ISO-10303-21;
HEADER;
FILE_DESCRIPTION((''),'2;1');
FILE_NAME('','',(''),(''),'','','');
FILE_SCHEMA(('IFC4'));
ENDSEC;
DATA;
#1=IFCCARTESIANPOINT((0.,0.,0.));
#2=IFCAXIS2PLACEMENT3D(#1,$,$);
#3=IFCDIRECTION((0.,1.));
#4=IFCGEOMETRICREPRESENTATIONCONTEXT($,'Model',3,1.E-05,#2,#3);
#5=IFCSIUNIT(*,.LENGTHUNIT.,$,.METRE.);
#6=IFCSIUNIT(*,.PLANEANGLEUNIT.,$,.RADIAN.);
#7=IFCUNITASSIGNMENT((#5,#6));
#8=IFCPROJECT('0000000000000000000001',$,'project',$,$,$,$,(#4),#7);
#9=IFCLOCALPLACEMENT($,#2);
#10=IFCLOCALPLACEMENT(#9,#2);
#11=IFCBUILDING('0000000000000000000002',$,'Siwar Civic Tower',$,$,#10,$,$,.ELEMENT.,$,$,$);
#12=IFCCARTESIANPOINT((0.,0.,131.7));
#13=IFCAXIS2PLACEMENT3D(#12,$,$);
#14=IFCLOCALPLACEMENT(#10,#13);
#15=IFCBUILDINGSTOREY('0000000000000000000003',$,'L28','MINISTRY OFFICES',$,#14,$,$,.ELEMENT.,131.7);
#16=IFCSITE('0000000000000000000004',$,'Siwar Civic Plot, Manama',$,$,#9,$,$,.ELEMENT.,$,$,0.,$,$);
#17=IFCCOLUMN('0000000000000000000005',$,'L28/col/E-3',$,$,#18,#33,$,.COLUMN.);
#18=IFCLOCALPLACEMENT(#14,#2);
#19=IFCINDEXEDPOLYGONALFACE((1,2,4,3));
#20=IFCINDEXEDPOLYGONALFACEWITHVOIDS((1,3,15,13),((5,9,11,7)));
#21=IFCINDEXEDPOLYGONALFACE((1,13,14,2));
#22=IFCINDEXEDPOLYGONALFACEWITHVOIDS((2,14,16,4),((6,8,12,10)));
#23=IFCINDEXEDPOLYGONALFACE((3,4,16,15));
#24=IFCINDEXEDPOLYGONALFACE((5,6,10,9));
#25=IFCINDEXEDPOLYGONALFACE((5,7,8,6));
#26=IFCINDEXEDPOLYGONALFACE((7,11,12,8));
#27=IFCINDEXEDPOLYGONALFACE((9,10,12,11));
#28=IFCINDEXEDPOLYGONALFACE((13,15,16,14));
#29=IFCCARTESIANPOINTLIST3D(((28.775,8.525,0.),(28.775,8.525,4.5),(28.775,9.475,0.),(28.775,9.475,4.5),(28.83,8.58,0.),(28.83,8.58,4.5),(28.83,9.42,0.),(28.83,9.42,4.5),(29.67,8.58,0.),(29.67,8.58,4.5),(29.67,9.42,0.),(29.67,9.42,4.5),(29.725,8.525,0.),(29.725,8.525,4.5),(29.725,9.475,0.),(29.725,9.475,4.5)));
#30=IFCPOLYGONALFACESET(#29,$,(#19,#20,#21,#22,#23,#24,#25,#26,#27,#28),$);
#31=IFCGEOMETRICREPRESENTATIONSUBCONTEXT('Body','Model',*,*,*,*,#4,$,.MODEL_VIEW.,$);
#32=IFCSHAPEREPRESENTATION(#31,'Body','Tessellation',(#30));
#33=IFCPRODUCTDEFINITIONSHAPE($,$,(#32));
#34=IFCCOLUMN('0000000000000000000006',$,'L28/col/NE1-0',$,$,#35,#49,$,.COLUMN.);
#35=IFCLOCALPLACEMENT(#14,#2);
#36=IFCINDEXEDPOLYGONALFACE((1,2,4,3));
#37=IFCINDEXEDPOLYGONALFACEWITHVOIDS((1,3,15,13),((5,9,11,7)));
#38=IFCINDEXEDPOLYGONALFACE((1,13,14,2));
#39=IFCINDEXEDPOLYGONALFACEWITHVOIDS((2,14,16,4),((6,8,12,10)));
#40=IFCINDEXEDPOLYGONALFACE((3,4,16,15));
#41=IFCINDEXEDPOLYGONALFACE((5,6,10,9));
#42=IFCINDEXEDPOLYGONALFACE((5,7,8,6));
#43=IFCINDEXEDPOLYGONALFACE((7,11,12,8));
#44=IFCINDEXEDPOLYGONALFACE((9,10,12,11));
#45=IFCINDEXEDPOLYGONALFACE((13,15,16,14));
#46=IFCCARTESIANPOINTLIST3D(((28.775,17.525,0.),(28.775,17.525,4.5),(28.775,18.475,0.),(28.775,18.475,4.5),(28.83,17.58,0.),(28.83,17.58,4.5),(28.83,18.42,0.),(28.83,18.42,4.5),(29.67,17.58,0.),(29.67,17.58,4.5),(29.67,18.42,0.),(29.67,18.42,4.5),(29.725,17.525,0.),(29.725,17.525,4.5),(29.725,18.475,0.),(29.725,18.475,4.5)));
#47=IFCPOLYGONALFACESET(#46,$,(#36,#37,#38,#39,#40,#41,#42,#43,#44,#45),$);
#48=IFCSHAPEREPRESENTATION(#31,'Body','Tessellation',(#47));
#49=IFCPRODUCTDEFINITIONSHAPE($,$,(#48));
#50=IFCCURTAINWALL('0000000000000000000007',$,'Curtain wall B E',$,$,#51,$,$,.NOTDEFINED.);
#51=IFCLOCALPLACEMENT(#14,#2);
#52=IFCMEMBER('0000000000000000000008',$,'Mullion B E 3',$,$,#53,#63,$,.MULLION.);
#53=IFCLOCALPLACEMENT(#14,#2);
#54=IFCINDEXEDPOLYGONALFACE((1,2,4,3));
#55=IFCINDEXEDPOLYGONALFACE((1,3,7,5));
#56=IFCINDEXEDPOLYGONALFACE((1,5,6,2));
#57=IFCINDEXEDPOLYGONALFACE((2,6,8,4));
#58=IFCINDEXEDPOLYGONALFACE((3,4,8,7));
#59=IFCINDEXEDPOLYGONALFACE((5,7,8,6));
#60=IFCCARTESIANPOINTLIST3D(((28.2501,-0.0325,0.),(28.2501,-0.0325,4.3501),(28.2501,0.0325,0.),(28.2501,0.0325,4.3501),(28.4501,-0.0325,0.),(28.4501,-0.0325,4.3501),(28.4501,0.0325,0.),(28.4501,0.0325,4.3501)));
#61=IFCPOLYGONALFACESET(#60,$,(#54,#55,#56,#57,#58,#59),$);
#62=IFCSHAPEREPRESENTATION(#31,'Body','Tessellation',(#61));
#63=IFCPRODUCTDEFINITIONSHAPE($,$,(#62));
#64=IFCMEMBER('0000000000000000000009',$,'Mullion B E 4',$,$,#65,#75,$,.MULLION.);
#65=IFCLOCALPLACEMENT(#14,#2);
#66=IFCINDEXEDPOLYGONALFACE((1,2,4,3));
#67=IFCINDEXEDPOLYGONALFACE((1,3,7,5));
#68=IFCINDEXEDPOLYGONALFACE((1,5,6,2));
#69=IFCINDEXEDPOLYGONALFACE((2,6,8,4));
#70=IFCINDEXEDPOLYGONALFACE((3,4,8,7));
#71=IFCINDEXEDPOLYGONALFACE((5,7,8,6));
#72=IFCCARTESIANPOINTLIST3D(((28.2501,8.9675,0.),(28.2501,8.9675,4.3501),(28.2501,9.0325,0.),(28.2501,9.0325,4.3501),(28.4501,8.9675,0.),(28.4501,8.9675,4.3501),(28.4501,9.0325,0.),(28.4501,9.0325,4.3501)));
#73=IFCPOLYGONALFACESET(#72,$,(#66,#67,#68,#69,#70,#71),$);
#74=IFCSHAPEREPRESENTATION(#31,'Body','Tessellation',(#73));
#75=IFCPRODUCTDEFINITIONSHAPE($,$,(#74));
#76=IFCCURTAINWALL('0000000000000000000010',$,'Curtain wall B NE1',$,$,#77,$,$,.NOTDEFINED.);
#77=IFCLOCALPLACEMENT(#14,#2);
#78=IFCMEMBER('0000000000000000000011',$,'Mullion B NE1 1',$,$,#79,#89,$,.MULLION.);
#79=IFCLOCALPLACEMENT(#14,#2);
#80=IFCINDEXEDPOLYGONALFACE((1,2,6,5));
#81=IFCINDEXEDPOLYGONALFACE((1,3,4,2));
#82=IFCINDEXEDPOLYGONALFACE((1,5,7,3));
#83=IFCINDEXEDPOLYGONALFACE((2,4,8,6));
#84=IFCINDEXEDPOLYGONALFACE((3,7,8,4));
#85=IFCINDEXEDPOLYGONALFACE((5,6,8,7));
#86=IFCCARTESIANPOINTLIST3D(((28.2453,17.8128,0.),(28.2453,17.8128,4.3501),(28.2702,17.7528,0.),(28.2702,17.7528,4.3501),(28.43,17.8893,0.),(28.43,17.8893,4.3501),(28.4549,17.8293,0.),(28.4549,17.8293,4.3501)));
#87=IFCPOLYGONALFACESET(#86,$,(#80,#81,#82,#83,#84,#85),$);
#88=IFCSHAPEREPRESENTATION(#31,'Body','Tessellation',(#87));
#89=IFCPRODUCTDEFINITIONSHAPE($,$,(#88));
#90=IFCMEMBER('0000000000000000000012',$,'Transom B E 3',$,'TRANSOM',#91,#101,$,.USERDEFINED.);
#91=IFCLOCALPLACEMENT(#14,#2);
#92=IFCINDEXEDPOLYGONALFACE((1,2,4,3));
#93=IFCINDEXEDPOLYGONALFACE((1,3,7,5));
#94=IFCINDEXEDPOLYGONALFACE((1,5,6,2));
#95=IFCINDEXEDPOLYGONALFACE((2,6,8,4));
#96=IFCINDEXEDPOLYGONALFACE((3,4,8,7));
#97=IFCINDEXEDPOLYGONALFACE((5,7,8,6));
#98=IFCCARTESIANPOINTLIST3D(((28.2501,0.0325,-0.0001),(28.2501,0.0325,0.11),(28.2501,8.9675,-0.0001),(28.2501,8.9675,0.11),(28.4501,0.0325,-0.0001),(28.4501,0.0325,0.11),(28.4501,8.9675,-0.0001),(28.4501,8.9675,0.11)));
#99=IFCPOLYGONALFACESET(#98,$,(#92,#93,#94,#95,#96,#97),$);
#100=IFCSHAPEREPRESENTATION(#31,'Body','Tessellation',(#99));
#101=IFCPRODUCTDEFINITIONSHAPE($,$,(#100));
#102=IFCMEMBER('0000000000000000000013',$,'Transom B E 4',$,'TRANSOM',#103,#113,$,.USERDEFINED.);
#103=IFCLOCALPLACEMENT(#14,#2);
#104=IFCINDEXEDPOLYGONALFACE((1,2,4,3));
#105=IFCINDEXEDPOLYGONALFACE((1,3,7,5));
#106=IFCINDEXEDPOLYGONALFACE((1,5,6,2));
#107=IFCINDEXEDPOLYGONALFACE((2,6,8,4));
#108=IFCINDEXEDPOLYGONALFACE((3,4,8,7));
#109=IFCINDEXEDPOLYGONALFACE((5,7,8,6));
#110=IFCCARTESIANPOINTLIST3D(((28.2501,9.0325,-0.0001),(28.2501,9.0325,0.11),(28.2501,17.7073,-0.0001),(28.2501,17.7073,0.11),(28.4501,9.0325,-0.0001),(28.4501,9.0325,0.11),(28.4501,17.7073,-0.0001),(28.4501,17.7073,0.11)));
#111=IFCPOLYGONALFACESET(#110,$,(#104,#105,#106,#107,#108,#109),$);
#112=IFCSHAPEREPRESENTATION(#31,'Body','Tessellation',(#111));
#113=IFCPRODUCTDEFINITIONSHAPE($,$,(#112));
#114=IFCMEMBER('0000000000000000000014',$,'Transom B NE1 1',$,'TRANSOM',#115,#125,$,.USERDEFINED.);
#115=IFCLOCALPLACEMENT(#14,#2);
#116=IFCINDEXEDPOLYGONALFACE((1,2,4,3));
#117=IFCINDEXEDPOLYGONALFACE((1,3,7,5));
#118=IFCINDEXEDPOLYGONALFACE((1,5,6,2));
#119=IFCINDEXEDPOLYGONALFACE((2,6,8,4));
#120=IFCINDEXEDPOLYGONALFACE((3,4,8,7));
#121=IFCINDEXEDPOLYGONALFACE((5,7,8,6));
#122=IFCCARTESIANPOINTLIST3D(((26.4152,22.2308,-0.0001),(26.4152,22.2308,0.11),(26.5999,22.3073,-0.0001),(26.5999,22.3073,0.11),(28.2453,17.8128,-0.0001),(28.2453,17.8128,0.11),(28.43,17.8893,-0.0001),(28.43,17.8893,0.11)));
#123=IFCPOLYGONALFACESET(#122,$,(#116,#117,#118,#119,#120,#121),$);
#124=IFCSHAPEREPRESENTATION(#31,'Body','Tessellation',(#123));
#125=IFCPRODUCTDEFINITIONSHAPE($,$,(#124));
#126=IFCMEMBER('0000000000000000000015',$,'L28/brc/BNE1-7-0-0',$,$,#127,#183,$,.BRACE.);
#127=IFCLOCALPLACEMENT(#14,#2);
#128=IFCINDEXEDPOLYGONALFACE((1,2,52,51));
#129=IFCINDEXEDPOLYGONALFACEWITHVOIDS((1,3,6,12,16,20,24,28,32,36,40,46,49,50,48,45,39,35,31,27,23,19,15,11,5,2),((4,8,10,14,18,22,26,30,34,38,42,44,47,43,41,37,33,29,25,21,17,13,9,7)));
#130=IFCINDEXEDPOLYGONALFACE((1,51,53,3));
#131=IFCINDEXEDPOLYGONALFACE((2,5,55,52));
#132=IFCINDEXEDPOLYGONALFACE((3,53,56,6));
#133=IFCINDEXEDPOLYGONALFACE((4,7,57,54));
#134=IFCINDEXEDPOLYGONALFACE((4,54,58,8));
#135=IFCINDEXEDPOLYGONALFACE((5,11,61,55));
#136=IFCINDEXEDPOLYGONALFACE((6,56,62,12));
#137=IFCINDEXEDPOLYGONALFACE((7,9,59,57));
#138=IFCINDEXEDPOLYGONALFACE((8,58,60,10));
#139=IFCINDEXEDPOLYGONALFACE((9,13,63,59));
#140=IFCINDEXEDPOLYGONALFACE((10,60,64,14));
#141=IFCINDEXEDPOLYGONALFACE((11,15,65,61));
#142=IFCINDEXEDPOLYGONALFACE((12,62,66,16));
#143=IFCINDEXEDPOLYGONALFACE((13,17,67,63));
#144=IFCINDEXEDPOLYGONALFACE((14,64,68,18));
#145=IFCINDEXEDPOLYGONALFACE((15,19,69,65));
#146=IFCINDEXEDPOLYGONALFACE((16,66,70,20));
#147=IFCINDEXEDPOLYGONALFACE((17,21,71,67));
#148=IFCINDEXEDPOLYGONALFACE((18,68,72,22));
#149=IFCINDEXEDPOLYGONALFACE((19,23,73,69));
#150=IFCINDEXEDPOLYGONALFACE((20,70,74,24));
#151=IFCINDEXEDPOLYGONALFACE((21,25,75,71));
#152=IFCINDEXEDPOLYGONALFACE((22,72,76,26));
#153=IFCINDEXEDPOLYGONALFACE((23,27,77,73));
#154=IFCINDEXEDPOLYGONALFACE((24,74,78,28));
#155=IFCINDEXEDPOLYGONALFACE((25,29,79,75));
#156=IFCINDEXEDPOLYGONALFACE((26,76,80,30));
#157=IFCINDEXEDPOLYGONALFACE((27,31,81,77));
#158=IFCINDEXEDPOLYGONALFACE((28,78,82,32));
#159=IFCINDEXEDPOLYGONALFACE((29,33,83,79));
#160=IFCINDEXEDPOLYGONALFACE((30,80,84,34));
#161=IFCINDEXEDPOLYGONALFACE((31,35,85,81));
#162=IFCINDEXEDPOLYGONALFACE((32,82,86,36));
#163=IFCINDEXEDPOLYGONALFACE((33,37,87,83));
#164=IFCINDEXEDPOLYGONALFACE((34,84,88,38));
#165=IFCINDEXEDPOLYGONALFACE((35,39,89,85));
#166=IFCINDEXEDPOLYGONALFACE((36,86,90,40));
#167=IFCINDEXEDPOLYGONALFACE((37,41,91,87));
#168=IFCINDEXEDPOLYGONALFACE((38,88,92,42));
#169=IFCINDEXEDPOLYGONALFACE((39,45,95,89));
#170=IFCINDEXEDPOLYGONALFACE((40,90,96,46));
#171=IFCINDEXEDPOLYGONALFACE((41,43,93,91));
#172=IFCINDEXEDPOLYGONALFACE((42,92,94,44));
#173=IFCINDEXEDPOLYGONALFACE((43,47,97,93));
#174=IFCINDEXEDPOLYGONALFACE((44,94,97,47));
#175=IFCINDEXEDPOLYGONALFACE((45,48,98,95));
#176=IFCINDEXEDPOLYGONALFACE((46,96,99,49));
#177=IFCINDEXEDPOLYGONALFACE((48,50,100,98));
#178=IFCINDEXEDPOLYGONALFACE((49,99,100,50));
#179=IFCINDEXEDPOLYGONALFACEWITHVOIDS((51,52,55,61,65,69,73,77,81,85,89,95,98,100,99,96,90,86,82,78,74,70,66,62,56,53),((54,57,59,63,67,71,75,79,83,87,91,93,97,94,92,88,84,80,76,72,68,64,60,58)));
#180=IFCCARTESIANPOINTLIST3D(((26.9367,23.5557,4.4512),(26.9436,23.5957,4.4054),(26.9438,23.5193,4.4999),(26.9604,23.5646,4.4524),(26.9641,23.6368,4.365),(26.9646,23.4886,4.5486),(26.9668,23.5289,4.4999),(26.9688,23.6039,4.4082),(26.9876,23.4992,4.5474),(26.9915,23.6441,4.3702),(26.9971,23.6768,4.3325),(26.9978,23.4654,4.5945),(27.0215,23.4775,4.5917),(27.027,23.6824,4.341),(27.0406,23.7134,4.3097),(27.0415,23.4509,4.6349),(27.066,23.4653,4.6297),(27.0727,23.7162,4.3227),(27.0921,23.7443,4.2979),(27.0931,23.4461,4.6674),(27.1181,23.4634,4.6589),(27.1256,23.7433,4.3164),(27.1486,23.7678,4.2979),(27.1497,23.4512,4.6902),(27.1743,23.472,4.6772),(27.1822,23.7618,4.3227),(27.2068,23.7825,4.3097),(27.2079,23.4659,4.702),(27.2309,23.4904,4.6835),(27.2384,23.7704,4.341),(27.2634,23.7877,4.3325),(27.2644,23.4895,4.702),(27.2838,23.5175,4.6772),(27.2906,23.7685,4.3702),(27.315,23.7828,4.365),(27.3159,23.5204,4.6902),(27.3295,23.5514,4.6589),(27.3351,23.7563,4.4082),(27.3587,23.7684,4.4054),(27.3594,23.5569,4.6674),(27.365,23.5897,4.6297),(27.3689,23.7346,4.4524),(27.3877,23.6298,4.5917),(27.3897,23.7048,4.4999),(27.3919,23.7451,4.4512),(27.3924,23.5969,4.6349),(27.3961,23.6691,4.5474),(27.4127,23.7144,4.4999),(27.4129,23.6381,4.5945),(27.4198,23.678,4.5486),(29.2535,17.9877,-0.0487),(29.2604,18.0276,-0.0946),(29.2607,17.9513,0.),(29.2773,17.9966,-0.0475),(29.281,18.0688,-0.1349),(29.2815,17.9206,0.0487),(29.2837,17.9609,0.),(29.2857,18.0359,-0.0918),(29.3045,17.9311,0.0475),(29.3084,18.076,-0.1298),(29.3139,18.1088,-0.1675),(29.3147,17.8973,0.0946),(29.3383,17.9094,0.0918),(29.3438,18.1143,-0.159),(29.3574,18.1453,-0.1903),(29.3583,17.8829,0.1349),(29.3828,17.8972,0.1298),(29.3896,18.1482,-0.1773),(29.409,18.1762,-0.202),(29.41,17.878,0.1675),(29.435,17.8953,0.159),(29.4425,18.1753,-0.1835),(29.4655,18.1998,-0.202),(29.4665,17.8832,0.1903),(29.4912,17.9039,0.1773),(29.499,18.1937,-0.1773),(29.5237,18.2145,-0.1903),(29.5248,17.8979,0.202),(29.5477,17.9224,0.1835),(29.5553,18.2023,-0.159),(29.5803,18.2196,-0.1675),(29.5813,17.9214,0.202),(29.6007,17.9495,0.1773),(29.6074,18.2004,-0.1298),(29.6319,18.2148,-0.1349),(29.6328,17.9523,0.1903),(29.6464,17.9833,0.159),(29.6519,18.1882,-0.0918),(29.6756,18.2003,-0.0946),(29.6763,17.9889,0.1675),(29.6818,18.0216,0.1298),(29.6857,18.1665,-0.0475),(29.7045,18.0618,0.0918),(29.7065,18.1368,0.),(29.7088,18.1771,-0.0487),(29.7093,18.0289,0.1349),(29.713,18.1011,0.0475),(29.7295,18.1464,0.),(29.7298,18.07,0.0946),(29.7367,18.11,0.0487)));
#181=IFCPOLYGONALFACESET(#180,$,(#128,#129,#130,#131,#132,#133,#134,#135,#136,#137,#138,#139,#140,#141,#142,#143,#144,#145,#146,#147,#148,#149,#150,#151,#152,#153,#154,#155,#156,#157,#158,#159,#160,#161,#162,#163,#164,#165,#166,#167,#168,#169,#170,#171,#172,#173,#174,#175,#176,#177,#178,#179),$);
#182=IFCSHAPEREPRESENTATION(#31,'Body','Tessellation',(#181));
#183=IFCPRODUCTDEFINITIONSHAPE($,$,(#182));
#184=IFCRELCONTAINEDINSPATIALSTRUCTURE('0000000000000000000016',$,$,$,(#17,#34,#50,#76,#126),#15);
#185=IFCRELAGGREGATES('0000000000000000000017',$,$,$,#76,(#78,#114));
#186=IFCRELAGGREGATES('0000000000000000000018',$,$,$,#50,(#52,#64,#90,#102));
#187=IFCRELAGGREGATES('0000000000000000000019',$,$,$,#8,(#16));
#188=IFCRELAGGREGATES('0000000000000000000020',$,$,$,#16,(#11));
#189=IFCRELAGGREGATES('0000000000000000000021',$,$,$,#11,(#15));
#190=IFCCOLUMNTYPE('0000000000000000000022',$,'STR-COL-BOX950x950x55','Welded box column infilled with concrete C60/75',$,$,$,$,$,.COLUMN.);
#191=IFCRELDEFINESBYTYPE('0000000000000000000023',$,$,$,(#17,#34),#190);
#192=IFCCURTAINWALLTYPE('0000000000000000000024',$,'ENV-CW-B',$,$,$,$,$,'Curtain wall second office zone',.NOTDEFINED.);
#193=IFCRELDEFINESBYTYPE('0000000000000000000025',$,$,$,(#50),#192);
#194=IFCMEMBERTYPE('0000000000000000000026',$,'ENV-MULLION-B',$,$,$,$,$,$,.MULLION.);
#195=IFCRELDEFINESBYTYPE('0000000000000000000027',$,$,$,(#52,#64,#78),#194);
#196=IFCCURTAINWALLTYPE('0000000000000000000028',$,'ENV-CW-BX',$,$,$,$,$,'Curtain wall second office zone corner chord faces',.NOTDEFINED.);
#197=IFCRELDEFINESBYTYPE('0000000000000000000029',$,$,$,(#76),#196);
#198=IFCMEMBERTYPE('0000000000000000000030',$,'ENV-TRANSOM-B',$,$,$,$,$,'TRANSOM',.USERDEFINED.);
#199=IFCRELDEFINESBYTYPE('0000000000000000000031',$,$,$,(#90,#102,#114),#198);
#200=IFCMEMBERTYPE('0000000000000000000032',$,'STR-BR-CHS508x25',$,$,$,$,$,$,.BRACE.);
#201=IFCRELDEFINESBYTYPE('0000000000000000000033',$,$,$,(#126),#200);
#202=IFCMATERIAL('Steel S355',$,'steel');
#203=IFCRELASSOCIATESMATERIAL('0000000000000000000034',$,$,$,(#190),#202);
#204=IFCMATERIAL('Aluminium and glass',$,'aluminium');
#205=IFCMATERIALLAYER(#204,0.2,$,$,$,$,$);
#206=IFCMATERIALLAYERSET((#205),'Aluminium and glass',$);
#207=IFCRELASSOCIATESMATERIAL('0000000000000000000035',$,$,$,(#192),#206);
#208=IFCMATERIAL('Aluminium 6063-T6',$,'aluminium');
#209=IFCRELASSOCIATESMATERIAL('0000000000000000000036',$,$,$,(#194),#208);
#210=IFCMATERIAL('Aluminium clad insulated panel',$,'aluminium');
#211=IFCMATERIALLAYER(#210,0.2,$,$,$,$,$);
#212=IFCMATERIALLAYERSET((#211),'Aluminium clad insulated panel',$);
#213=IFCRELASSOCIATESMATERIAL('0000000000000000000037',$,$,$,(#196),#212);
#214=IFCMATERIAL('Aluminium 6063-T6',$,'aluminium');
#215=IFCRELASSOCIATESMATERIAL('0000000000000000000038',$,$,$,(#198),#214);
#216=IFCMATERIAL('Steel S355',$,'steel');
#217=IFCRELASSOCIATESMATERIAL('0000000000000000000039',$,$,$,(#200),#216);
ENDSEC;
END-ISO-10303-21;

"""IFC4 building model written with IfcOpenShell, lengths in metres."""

from ifc_helpers import new_model, si_unit, direction, frame, origin, origin_2d, place, context, subcontext, project, spatial, rectangle, hollow_rectangle, hollow_circle, extrude, material, layer, layer_set, material_profile, profile_set, type_object, element, aggregate, save


model = new_model("IFC4")

# Units and contexts
model_context = context("Model", 3, precision=1e-05, world=origin(), true_north=direction((0.0, 1.0)))
body_context = subcontext(model_context, "Body", "Model", "MODEL_VIEW")
ifc_project = project(units=[si_unit("LENGTHUNIT", "METRE"), si_unit("PLANEANGLEUNIT", "RADIAN")], contexts=[model_context])

# Site, building, storey
site_placement = place(None, origin())
site = spatial("IfcSite", under=ifc_project, at=site_placement, Name="Siwar Civic Plot, Manama", CompositionType="ELEMENT", RefElevation=0.0)
building_placement = place(site_placement, origin())
building = spatial("IfcBuilding", under=site, at=building_placement, Name="Siwar Civic Tower", CompositionType="ELEMENT")
storey_placement = place(building_placement, frame((0.0, 0.0, 131.7)))
storey = spatial("IfcBuildingStorey", under=building, at=storey_placement, Name="L28", Description="MINISTRY OFFICES", CompositionType="ELEMENT", Elevation=131.7)

# Columns
ifc_material_1 = material(Name="Steel S355", Category="steel")
ifc_material_profile_1 = material_profile(ifc_material_1, hollow_rectangle(XDim=0.95, YDim=0.95, WallThickness=0.0549, at=origin_2d()), Name="BOX950x950x55")
ifc_profile_set_1 = profile_set([ifc_material_profile_1], Name="Steel S355")
column_type = type_object("IfcColumnType", Name="STR-COL-BOX950x950x55", Description="Welded box column infilled with concrete C60/75", PredefinedType="COLUMN", material=ifc_profile_set_1)
for number, where, z_axis, x_axis, name in (
    (1, (29.25, 9.0, 0.0), (0.0, 0.0, 1.0), (1.0, 0.0, 0.0), "L28/col/E-3"),
    (2, (29.25, 18.0, 0.0), (0.0, 0.0, 1.0), (1.0, 0.0, 0.0), "L28/col/NE1-0"),
):
    element("IfcColumn", number, at=place(storey_placement, frame(where, z_axis=z_axis, x_axis=x_axis)), inside=storey, type_object=column_type, Name=name, PredefinedType="COLUMN", context=body_context, shape_type="SweptSolid", body=[
        extrude(hollow_rectangle(XDim=0.95, YDim=0.95, WallThickness=0.0549, at=origin_2d()), origin(), (0.0, 0.0, 1.0), 4.5),
    ])

# Curtain wall, members
ifc_material_2 = material(Name="Aluminium and glass", Category="aluminium")
ifc_layer_1 = layer(ifc_material_2, 0.2)
ifc_layer_set_1 = layer_set([ifc_layer_1], Name="Aluminium and glass")
curtain_wall_type_1 = type_object("IfcCurtainWallType", Name="ENV-CW-B", ElementType="Curtain wall second office zone", PredefinedType="NOTDEFINED", material=ifc_layer_set_1)
curtain_wall_1_placement = place(storey_placement, origin())
curtain_wall_1 = element("IfcCurtainWall", 3, at=curtain_wall_1_placement, inside=storey, type_object=curtain_wall_type_1, Name="Curtain wall B E", PredefinedType="NOTDEFINED")
ifc_material_3 = material(Name="Aluminium 6063-T6", Category="aluminium")
ifc_material_profile_2 = material_profile(ifc_material_3, rectangle(XDim=0.2, YDim=0.0649, at=origin_2d()), Name="AL 200x65")
ifc_profile_set_2 = profile_set([ifc_material_profile_2], Name="Aluminium 6063-T6")
member_type_1 = type_object("IfcMemberType", Name="ENV-MULLION-B", PredefinedType="MULLION", material=ifc_profile_set_2)
member_1_placement = place(storey_placement, frame((28.3501, 0.0, 0.0), z_axis=(0.0, 0.0, 1.0), x_axis=(-1.0, 0.0, 0.0)))
member_1 = element("IfcMember", 4, at=member_1_placement, type_object=member_type_1, Name="Mullion B E 3", PredefinedType="MULLION", context=body_context, shape_type="SweptSolid", body=[
    extrude(rectangle(XDim=0.2, YDim=0.0649, at=origin_2d()), origin(), (0.0, 0.0, 1.0), 4.3501),
])
member_2_placement = place(storey_placement, frame((28.3501, 9.0, 0.0), z_axis=(0.0, 0.0, 1.0), x_axis=(-1.0, 0.0, 0.0)))
member_2 = element("IfcMember", 5, at=member_2_placement, type_object=member_type_1, Name="Mullion B E 4", PredefinedType="MULLION", context=body_context, shape_type="SweptSolid", body=[
    extrude(rectangle(XDim=0.2, YDim=0.0649, at=origin_2d()), origin(), (0.0, 0.0, 1.0), 4.3501),
])

# Curtain wall, member
ifc_material_4 = material(Name="Aluminium clad insulated panel", Category="aluminium")
ifc_layer_2 = layer(ifc_material_4, 0.2)
ifc_layer_set_2 = layer_set([ifc_layer_2], Name="Aluminium clad insulated panel")
curtain_wall_type_2 = type_object("IfcCurtainWallType", Name="ENV-CW-BX", ElementType="Curtain wall second office zone corner chord faces", PredefinedType="NOTDEFINED", material=ifc_layer_set_2)
curtain_wall_2_placement = place(storey_placement, origin())
curtain_wall_2 = element("IfcCurtainWall", 6, at=curtain_wall_2_placement, inside=storey, type_object=curtain_wall_type_2, Name="Curtain wall B NE1", PredefinedType="NOTDEFINED")
member_3_placement = place(storey_placement, frame((28.3501, 17.821, 0.0), z_axis=(0.0, 0.0, 1.0), x_axis=(-0.92388, -0.382683, 0.0)))
member_3 = element("IfcMember", 7, at=member_3_placement, type_object=member_type_1, Name="Mullion B NE1 1", PredefinedType="MULLION", context=body_context, shape_type="SweptSolid", body=[
    extrude(rectangle(XDim=0.2, YDim=0.0649, at=origin_2d()), origin(), (0.0, 0.0, 1.0), 4.3501),
])

# Members
ifc_material_5 = material(Name="Aluminium 6063-T6", Category="aluminium")
ifc_material_profile_3 = material_profile(ifc_material_5, rectangle(XDim=0.2, YDim=0.1101, at=origin_2d()), Name="AL 200x110")
ifc_profile_set_3 = profile_set([ifc_material_profile_3], Name="Aluminium 6063-T6")
member_type_2 = type_object("IfcMemberType", Name="ENV-TRANSOM-B", ElementType="TRANSOM", PredefinedType="USERDEFINED", material=ifc_profile_set_3)
member_4_placement = place(storey_placement, frame((28.3501, 0.0325, 0.0549), z_axis=(0.0, 1.0, 0.0), x_axis=(-1.0, 0.0, 0.0)))
member_4 = element("IfcMember", 8, at=member_4_placement, type_object=member_type_2, Name="Transom B E 3", ObjectType="TRANSOM", PredefinedType="USERDEFINED", context=body_context, shape_type="SweptSolid", body=[
    extrude(rectangle(XDim=0.2, YDim=0.1101, at=origin_2d()), origin(), (0.0, 0.0, 1.0), 8.9351),
])
member_5_placement = place(storey_placement, frame((28.3501, 9.0325, 0.0549), z_axis=(0.0, 1.0, 0.0), x_axis=(-1.0, 0.0, 0.0)))
member_5 = element("IfcMember", 9, at=member_5_placement, type_object=member_type_2, Name="Transom B E 4", ObjectType="TRANSOM", PredefinedType="USERDEFINED", context=body_context, shape_type="SweptSolid", body=[
    extrude(rectangle(XDim=0.2, YDim=0.1101, at=origin_2d()), origin(), (0.0, 0.0, 1.0), 8.6748),
])
member_6_placement = place(storey_placement, frame((28.3376, 17.8511, 0.0549), z_axis=(-0.3827, 0.923872, 0.0), x_axis=(-0.923872, -0.3827, 0.0)))
member_6 = element("IfcMember", 10, at=member_6_placement, type_object=member_type_2, Name="Transom B NE1 1", ObjectType="TRANSOM", PredefinedType="USERDEFINED", context=body_context, shape_type="SweptSolid", body=[
    extrude(rectangle(XDim=0.2, YDim=0.1101, at=origin_2d()), origin(), (0.0, 0.0, 1.0), 4.782),
])
aggregate(curtain_wall_2, [member_3, member_6])
ifc_material_6 = material(Name="Steel S355", Category="steel")
ifc_material_profile_4 = material_profile(ifc_material_6, hollow_circle(Radius=0.2539, WallThickness=0.0249, at=origin_2d()), Name="CHS508x25")
ifc_profile_set_4 = profile_set([ifc_material_profile_4], Name="Steel S355")
member_type_3 = type_object("IfcMemberType", Name="STR-BR-CHS508x25", PredefinedType="BRACE", material=ifc_profile_set_4)
member_7_placement = place(storey_placement, frame((29.4951, 18.0488, 0.0), z_axis=(-0.307903, 0.739973, 0.598026), x_axis=(-0.923262, -0.38417, 0.0)))
element("IfcMember", 11, at=member_7_placement, inside=storey, type_object=member_type_3, Name="L28/brc/BNE1-7-0-0", PredefinedType="BRACE", context=body_context, shape_type="SweptSolid", body=[
    extrude(hollow_circle(Radius=0.2539, WallThickness=0.0249, at=origin_2d()), origin(), (0.0, 0.0, 1.0), 7.5247),
])

aggregate(curtain_wall_1, [member_1, member_2, member_4, member_5])

save(model, "model.ifc")
